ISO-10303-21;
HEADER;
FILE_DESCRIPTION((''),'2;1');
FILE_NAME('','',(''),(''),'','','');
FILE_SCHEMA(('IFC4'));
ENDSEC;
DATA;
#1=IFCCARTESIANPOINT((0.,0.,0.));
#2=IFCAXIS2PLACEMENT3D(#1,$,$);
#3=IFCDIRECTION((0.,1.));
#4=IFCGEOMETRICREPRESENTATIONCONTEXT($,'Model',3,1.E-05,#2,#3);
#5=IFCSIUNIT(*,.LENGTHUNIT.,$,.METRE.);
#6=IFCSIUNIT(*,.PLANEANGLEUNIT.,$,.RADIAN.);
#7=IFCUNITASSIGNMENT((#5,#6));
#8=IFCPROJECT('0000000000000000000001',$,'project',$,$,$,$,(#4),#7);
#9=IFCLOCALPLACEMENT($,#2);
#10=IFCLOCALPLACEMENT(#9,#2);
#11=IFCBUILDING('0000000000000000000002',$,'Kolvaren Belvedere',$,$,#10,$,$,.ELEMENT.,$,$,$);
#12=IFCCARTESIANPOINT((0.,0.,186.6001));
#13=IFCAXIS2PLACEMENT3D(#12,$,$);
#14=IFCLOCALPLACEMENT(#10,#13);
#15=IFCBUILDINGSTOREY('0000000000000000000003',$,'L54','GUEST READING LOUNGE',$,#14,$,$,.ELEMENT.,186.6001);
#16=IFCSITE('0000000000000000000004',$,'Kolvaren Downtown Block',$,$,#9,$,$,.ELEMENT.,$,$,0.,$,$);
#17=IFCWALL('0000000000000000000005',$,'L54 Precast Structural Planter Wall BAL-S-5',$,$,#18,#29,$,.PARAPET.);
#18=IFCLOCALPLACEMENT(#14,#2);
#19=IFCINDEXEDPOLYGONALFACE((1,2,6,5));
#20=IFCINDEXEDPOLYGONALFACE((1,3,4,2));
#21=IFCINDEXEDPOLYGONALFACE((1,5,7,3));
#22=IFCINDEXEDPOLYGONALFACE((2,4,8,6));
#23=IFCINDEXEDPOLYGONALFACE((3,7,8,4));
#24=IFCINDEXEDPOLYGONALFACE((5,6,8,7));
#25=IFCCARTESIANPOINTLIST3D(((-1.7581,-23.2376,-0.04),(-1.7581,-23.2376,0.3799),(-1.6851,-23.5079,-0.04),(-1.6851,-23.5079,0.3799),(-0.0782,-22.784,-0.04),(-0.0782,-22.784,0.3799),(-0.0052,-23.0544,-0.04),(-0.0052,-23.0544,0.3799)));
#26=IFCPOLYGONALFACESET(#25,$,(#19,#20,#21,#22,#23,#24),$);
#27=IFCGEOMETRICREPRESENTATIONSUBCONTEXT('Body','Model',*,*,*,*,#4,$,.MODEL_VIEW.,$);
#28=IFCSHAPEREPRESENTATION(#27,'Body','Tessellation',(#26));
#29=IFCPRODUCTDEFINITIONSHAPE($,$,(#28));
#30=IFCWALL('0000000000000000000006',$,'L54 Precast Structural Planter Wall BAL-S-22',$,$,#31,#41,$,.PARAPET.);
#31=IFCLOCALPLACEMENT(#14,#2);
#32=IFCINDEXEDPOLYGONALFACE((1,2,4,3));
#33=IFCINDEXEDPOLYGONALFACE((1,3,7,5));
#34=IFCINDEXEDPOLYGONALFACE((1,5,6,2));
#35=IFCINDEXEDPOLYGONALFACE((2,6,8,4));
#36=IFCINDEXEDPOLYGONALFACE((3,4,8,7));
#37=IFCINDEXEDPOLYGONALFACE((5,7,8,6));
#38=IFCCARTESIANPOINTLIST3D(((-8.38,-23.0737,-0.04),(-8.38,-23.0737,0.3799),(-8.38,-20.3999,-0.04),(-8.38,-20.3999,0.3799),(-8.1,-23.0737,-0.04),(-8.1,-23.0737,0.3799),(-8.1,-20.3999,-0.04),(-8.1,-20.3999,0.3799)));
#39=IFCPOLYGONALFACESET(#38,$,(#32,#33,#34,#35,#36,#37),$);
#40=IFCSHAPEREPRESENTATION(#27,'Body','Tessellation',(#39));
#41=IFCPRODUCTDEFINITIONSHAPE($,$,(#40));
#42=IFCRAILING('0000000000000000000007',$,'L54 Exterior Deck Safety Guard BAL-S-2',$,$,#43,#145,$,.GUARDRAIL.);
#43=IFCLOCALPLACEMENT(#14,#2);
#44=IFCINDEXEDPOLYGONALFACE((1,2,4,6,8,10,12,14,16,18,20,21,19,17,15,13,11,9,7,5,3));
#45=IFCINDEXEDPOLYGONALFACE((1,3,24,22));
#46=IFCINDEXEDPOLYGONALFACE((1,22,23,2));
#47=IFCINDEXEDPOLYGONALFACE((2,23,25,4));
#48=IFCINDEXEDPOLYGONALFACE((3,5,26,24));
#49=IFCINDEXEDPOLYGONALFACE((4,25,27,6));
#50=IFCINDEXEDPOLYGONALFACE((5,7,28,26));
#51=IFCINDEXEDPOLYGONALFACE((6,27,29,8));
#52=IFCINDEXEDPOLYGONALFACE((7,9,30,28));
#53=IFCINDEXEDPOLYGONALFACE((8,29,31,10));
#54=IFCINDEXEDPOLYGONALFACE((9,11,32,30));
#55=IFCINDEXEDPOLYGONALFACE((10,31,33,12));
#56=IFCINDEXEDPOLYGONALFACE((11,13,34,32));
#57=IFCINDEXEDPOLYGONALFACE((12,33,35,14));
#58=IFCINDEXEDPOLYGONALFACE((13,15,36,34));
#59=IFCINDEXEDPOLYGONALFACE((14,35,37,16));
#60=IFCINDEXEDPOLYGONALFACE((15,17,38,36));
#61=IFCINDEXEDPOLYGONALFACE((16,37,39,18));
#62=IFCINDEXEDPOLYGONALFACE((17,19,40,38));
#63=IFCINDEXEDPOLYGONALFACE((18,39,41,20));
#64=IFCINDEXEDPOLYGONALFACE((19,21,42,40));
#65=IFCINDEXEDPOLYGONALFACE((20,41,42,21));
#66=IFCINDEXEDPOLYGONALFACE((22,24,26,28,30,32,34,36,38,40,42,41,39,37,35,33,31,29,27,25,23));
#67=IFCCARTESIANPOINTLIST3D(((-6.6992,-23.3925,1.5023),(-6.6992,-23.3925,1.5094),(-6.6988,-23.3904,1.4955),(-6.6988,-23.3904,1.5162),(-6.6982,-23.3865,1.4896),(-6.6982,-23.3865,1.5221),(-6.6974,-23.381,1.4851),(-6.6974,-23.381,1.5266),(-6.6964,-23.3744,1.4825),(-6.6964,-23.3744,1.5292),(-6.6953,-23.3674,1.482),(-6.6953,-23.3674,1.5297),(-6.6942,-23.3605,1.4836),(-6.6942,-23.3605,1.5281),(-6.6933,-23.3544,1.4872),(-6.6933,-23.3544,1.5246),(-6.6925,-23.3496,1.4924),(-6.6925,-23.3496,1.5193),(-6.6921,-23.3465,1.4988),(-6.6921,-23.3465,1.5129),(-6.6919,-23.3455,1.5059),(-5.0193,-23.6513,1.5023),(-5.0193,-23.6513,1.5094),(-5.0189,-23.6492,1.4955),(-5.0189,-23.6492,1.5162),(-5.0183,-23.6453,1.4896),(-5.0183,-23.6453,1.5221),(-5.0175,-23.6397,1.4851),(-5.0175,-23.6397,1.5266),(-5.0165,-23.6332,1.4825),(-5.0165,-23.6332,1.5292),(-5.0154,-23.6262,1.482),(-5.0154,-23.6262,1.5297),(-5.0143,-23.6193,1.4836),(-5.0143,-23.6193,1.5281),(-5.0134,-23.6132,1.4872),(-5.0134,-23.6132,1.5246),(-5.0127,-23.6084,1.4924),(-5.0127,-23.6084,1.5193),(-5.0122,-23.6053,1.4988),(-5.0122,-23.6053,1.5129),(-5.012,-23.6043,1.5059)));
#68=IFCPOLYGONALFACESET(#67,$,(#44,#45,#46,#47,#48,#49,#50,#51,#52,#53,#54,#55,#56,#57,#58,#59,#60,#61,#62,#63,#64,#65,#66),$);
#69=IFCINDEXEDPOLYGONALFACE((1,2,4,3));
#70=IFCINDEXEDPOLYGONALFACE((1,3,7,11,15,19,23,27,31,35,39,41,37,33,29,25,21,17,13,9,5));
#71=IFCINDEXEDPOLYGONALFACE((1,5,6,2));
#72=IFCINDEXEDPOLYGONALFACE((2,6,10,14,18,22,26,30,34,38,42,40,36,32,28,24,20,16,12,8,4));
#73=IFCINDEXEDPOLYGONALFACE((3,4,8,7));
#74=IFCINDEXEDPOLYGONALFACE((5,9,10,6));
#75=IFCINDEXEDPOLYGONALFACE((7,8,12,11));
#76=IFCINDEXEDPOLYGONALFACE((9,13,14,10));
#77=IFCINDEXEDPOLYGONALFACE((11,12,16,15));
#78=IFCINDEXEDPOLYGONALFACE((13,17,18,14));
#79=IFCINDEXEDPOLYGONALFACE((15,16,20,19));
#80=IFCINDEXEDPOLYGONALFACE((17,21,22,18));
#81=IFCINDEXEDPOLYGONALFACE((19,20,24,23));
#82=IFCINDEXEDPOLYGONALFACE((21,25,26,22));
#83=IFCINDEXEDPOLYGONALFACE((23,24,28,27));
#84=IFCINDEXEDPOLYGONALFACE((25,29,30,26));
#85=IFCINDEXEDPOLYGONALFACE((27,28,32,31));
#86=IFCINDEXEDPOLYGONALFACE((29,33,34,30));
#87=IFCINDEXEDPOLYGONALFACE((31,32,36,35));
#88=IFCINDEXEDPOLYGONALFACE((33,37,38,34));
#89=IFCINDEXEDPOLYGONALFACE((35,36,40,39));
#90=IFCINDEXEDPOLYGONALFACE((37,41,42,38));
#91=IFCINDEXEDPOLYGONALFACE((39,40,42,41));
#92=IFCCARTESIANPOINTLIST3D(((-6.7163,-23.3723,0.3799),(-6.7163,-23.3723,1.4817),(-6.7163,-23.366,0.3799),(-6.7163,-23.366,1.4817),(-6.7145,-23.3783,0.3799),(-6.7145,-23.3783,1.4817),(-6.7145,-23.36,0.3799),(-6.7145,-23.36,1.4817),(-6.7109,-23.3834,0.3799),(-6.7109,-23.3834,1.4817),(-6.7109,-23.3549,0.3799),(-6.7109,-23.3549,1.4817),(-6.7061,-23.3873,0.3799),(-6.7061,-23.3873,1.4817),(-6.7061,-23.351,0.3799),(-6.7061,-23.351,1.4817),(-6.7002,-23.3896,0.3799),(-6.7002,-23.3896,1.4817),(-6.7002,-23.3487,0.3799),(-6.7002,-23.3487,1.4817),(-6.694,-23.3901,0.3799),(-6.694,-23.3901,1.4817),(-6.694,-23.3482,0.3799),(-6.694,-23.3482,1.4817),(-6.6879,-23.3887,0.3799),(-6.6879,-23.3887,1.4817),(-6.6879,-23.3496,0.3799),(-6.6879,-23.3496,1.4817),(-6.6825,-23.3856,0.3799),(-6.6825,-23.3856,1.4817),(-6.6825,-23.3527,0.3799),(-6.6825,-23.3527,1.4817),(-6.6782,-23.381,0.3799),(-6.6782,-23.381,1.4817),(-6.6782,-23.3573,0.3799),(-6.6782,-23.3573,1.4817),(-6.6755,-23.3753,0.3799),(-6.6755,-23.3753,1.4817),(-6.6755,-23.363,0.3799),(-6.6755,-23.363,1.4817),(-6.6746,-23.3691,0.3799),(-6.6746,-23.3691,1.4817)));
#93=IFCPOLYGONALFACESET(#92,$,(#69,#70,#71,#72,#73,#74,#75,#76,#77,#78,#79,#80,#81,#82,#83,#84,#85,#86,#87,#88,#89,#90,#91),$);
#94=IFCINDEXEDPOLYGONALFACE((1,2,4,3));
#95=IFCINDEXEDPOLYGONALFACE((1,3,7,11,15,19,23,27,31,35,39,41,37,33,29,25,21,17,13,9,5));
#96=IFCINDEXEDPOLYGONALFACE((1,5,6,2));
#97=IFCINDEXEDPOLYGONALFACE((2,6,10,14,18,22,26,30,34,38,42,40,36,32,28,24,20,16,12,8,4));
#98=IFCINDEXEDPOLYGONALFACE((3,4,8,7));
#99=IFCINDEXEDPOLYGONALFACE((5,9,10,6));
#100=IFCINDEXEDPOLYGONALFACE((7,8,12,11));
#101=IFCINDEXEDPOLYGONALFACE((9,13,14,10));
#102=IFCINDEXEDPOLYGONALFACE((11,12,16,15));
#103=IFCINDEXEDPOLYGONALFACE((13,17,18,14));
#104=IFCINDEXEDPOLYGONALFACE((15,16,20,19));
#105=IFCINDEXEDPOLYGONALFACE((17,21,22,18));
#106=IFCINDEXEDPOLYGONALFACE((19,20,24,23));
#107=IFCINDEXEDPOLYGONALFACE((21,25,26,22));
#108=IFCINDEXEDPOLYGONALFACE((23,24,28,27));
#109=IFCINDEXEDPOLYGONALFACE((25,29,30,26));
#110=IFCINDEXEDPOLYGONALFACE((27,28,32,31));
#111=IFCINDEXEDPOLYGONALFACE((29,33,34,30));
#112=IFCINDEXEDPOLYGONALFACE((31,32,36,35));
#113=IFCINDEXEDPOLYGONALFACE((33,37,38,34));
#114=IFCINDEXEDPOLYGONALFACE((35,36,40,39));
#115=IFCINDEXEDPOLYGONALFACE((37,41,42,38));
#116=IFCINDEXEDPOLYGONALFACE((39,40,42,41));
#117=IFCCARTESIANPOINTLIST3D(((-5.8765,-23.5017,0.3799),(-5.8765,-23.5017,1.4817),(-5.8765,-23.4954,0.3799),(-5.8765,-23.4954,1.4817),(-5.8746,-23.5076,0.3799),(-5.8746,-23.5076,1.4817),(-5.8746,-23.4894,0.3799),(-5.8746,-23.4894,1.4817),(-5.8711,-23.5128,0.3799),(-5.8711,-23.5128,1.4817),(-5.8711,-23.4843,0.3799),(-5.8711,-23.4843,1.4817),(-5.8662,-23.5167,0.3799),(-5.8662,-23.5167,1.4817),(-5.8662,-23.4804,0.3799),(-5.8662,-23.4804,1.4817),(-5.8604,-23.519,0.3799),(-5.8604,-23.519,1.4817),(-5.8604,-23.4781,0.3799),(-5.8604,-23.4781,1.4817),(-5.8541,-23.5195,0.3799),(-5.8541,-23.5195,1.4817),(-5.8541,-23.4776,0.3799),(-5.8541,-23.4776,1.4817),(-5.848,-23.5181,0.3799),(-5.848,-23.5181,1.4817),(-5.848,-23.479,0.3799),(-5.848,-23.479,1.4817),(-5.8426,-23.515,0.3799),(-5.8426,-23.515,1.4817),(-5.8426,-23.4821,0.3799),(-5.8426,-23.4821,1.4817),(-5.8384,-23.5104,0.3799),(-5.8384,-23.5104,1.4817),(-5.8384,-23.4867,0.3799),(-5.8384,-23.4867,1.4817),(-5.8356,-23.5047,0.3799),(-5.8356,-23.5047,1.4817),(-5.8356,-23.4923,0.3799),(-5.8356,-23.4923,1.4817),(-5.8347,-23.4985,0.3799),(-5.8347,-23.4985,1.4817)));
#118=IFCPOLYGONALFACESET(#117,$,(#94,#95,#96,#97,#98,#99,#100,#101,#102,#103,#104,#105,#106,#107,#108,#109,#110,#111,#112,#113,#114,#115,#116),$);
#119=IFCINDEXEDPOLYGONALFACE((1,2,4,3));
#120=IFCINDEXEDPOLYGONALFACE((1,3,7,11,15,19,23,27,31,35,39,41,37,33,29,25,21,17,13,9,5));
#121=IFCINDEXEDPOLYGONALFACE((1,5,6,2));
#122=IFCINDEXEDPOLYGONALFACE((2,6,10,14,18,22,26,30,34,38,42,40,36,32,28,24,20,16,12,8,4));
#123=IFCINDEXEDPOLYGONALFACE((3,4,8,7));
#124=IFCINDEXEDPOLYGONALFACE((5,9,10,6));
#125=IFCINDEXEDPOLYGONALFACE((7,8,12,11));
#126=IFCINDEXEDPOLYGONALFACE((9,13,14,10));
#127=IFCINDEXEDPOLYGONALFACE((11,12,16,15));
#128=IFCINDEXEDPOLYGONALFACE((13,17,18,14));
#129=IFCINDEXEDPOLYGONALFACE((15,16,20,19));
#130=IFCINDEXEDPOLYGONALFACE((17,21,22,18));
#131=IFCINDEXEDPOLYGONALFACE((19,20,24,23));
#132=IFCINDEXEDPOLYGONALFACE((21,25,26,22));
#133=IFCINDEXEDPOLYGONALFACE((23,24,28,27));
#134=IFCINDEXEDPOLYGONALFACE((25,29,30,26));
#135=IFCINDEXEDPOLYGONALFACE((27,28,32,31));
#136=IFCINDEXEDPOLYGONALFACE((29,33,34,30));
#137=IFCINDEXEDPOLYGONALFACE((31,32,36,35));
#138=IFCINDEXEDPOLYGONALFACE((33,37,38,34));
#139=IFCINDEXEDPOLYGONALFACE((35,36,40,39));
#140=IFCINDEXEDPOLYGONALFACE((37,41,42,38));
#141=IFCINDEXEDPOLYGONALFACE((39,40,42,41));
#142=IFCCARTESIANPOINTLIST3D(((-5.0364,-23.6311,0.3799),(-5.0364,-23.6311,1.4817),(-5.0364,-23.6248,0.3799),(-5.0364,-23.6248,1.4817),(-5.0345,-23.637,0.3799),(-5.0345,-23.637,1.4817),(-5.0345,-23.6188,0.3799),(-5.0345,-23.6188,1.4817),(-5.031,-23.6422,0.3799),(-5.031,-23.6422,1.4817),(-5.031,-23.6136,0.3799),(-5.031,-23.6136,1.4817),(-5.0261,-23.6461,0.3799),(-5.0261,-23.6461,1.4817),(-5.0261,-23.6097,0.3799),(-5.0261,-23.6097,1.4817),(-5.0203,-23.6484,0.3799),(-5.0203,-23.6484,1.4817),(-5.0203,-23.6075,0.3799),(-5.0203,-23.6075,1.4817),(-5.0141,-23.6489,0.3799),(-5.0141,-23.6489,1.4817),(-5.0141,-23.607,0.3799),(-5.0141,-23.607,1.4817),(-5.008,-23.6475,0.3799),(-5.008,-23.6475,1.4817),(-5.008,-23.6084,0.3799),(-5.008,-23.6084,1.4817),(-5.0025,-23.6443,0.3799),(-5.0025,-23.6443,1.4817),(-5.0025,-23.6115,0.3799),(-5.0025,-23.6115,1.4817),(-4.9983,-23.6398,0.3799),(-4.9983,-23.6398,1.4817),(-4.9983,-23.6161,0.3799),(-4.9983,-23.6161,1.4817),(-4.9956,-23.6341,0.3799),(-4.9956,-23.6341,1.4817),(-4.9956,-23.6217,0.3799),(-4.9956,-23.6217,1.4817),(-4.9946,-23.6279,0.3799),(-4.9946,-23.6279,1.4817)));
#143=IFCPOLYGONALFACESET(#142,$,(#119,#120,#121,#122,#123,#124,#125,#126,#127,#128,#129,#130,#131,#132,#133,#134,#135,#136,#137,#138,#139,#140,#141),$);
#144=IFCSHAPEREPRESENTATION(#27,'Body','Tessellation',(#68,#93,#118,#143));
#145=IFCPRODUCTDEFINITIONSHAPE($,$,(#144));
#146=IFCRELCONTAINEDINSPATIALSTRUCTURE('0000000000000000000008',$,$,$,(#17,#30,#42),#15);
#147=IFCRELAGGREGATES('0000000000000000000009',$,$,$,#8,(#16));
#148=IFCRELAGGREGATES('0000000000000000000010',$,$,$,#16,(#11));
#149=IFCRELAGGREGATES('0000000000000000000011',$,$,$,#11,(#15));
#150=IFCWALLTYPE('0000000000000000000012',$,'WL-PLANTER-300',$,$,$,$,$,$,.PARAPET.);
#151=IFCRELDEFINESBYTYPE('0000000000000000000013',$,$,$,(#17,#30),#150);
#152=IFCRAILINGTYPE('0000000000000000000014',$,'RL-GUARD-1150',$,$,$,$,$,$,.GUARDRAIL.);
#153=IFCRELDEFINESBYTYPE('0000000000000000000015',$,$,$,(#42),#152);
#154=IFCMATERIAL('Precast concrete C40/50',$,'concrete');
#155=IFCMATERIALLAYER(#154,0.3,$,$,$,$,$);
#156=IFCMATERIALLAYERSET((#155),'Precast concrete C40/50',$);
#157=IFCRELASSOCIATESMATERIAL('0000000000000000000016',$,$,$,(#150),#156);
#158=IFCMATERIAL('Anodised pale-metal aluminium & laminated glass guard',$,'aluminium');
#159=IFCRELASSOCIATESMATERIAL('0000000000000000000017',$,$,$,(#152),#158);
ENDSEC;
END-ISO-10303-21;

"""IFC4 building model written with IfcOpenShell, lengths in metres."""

from ifc_helpers import new_model, si_unit, direction, frame, frame_2d, origin, origin_2d, place, context, subcontext, project, spatial, rectangle, circle, extrude, material, layer, layer_set, type_object, element, save


model = new_model("IFC4")

# Units and contexts
model_context = context("Model", 3, precision=1e-05, world=origin(), true_north=direction((0.0, 1.0)))
body_context = subcontext(model_context, "Body", "Model", "MODEL_VIEW")
ifc_project = project(units=[si_unit("LENGTHUNIT", "METRE"), si_unit("PLANEANGLEUNIT", "RADIAN")], contexts=[model_context])

# Site, building, storey
site_placement = place(None, origin())
site = spatial("IfcSite", under=ifc_project, at=site_placement, Name="Kolvaren Downtown Block", CompositionType="ELEMENT", RefElevation=0.0)
building_placement = place(site_placement, origin())
building = spatial("IfcBuilding", under=site, at=building_placement, Name="Kolvaren Belvedere", CompositionType="ELEMENT")
storey_placement = place(building_placement, frame((0.0, 0.0, 186.6001)))
storey = spatial("IfcBuildingStorey", under=building, at=storey_placement, Name="L54", Description="GUEST READING LOUNGE", CompositionType="ELEMENT", Elevation=186.6001)

# Walls
ifc_material_1 = material(Name="Precast concrete C40/50", Category="concrete")
ifc_layer_1 = layer(ifc_material_1, 0.3)
ifc_layer_set_1 = layer_set([ifc_layer_1], Name="Precast concrete C40/50")
wall_type = type_object("IfcWallType", Name="WL-PLANTER-300", PredefinedType="PARAPET", material=ifc_layer_set_1)
wall_1_placement = place(storey_placement, frame((-1.7217, -23.3728, -0.04), z_axis=(0.0, 0.0, 1.0), x_axis=(0.965424, 0.260683, 0.0)))
element("IfcWall", 1, at=wall_1_placement, inside=storey, type_object=wall_type, Name="L54 Precast Structural Planter Wall BAL-S-5", PredefinedType="PARAPET", context=body_context, shape_type="SweptSolid", body=[
    extrude(rectangle(XDim=1.74, YDim=0.28, at=frame_2d((0.8701, 0.0))), origin(), (0.0, 0.0, 1.0), 0.4199),
])
wall_2_placement = place(storey_placement, frame((-8.24, -20.3999, -0.04), z_axis=(0.0, 0.0, 1.0), x_axis=(0.0, -1.0, 0.0)))
element("IfcWall", 2, at=wall_2_placement, inside=storey, type_object=wall_type, Name="L54 Precast Structural Planter Wall BAL-S-22", PredefinedType="PARAPET", context=body_context, shape_type="SweptSolid", body=[
    extrude(rectangle(XDim=2.6738, YDim=0.28, at=frame_2d((1.3369, 0.0))), origin(), (0.0, 0.0, 1.0), 0.4199),
])

# Railing
ifc_material_2 = material(Name="Anodised pale-metal aluminium & laminated glass guard", Category="aluminium")
railing_type = type_object("IfcRailingType", Name="RL-GUARD-1150", PredefinedType="GUARDRAIL", material=ifc_material_2)
railing_1_placement = place(storey_placement, frame((-6.6956, -23.3691, 0.3799)))
element("IfcRailing", 3, at=railing_1_placement, inside=storey, type_object=railing_type, Name="L54 Exterior Deck Safety Guard BAL-S-2", PredefinedType="GUARDRAIL", context=body_context, shape_type="SweptSolid", body=[
    extrude(circle(Radius=0.0239, at=origin_2d()), frame((0.0, 0.0, 1.126), z_axis=(0.988342, -0.152251, 0.0), x_axis=(0.152251, 0.988342, 0.0)), (0.0, 0.0, 1.0), 1.6997),
    extrude(circle(Radius=0.021, at=origin_2d()), origin(), (0.0, 0.0, 1.0), 1.1018),
    extrude(circle(Radius=0.021, at=origin_2d()), frame((0.8398, -0.1294, 0.0)), (0.0, 0.0, 1.0), 1.1018),
    extrude(circle(Radius=0.021, at=origin_2d()), frame((1.6799, -0.2588, 0.0)), (0.0, 0.0, 1.0), 1.1018),
])

save(model, "model.ifc")
